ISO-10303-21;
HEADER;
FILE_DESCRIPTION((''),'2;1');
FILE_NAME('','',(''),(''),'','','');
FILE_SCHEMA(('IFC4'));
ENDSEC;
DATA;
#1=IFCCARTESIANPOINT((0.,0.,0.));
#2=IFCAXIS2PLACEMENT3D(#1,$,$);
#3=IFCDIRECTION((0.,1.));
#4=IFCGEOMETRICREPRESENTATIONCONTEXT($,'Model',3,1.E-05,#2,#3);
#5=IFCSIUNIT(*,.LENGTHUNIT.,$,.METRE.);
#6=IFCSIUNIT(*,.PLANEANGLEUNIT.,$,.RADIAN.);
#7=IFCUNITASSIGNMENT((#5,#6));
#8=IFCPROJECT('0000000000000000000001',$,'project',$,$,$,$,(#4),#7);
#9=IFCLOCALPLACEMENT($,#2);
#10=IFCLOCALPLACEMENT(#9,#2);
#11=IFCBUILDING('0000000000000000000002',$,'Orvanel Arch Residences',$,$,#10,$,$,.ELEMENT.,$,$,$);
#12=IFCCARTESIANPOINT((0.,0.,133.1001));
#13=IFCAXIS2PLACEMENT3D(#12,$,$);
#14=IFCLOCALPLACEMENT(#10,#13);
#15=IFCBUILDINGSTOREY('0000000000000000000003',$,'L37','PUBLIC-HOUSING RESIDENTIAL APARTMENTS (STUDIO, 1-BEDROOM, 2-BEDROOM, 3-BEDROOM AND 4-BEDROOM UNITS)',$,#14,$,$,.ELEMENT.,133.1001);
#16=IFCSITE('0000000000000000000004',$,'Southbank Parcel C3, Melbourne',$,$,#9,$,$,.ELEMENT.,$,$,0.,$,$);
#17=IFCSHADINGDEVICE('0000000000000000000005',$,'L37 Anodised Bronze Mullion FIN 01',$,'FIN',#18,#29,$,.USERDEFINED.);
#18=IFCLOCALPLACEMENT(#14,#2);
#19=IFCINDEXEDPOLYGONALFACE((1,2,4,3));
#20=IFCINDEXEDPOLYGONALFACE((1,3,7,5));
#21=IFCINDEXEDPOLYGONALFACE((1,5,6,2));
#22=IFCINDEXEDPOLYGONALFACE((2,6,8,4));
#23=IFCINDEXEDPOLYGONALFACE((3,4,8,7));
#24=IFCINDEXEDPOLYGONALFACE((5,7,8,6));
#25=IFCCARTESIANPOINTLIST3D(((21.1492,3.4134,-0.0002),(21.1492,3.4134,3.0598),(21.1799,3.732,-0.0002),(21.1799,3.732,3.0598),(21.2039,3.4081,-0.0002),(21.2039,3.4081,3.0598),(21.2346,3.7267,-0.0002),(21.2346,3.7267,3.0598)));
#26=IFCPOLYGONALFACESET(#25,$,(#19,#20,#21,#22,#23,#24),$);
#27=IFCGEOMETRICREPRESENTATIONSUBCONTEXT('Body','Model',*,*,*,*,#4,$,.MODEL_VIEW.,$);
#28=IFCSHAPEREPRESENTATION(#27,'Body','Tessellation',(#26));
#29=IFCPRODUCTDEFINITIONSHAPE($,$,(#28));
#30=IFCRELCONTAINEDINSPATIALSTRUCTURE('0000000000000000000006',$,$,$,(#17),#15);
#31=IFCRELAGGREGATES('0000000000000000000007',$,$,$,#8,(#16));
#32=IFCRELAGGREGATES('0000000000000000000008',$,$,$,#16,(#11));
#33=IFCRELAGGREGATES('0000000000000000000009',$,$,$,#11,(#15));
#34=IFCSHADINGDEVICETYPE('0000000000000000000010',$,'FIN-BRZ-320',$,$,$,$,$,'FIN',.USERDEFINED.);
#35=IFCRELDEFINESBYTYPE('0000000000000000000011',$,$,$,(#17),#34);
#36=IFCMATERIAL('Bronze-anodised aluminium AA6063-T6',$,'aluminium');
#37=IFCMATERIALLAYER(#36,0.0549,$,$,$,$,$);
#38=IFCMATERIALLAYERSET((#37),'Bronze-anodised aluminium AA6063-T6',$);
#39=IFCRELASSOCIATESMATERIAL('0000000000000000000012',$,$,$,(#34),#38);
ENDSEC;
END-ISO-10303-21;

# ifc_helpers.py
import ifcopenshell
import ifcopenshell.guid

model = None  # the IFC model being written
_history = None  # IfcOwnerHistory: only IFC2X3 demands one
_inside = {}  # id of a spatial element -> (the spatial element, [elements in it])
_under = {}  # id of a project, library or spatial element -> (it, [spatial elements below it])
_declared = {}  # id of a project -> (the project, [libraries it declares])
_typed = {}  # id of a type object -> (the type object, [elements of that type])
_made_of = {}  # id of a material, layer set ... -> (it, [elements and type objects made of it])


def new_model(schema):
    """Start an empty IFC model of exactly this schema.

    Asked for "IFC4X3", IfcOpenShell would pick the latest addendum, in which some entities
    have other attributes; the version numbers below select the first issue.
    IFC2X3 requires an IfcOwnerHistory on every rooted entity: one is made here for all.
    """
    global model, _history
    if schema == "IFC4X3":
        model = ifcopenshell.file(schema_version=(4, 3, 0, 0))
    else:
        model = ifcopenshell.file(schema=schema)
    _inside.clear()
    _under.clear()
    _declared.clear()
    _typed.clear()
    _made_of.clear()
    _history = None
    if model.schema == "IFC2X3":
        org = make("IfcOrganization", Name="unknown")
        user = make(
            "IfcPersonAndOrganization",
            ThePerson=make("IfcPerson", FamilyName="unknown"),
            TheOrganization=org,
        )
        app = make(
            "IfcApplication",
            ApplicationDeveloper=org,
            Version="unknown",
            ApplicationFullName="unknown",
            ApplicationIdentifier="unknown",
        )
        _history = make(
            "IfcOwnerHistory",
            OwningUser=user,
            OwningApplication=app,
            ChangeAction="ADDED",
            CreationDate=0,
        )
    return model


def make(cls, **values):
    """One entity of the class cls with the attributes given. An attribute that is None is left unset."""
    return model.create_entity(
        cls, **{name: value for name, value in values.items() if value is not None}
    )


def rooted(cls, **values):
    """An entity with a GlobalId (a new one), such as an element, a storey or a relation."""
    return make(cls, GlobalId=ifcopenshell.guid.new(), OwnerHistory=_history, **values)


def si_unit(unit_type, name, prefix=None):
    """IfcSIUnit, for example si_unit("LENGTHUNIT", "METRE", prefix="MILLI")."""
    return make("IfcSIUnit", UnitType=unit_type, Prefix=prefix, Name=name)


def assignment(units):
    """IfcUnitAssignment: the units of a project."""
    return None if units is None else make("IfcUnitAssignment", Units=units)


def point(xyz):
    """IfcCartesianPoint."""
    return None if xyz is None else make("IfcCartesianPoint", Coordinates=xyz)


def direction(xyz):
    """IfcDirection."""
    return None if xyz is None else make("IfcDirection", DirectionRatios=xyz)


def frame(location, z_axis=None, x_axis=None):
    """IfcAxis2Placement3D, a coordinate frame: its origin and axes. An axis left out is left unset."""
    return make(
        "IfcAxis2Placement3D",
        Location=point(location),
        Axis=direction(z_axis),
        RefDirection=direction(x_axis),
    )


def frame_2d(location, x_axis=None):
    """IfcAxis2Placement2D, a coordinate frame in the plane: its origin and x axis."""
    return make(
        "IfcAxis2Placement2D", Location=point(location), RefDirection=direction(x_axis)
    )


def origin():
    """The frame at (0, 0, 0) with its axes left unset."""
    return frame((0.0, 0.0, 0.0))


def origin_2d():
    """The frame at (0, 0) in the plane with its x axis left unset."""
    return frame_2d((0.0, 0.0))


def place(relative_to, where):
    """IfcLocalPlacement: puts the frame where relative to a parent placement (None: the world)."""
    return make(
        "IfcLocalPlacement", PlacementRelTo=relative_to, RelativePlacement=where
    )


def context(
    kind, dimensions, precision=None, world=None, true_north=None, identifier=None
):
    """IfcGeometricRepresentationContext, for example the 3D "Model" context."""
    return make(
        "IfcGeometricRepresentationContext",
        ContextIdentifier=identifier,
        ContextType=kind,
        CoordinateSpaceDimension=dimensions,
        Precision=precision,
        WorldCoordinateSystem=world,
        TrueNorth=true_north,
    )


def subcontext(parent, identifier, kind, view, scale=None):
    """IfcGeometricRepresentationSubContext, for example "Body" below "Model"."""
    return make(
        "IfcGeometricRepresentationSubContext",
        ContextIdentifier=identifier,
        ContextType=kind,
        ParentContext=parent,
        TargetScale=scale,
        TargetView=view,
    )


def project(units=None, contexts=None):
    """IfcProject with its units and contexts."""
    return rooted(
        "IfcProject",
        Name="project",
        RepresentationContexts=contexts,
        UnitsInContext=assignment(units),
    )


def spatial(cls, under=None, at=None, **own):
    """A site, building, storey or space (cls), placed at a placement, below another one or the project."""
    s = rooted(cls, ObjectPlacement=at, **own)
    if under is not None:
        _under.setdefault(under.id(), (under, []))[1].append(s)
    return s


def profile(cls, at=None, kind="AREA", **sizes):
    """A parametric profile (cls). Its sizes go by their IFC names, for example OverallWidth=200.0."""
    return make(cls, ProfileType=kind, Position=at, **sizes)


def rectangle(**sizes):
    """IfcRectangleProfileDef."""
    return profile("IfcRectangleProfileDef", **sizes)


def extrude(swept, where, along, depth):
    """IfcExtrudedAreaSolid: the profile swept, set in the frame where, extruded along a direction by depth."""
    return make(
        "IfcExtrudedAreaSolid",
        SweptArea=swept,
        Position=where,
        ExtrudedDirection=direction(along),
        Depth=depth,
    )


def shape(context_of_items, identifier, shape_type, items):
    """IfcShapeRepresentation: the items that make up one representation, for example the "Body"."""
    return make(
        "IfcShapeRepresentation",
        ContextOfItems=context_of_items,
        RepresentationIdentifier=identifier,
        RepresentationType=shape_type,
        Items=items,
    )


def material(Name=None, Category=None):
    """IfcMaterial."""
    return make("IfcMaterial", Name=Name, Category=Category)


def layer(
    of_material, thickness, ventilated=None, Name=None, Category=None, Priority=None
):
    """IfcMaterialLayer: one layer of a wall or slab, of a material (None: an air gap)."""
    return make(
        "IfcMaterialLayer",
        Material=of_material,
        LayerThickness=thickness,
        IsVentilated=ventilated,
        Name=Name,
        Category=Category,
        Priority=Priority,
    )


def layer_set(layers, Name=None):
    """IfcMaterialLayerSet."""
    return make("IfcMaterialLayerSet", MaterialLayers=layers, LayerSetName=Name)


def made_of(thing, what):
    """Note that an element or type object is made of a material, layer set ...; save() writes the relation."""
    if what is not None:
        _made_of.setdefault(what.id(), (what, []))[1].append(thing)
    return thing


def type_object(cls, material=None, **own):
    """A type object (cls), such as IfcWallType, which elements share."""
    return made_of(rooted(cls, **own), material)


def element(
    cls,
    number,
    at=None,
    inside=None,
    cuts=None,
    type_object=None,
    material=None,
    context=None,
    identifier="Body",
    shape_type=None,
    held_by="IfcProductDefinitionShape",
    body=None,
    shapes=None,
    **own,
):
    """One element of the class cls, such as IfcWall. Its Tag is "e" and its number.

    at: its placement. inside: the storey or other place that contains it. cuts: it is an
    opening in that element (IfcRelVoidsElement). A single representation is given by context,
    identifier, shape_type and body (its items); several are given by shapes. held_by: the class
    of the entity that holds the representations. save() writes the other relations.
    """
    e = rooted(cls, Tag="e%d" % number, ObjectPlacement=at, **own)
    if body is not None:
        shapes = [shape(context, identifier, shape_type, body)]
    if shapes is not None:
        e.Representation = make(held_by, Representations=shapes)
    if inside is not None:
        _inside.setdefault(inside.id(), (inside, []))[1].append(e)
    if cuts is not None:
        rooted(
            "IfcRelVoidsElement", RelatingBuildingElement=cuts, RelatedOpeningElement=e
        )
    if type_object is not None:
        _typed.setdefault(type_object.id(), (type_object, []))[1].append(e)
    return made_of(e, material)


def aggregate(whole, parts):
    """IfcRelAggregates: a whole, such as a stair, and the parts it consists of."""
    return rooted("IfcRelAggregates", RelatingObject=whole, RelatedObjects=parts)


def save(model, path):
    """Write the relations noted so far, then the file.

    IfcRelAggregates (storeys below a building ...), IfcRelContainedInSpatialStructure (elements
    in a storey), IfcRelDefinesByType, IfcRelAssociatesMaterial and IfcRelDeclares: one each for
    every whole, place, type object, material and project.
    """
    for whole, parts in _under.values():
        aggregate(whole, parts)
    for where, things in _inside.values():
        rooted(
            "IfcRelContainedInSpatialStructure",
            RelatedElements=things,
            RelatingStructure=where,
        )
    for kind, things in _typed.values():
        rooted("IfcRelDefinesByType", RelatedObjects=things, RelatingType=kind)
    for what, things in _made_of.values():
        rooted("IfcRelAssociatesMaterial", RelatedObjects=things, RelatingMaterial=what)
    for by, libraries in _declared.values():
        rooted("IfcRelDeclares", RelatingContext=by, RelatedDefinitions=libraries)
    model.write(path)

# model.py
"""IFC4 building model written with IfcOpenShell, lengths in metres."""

from ifc_helpers import new_model, si_unit, direction, frame, origin, origin_2d, place, context, subcontext, project, spatial, rectangle, extrude, material, layer, layer_set, type_object, element, save


model = new_model("IFC4")

# Units and contexts
model_context = context("Model", 3, precision=1e-05, world=origin(), true_north=direction((0.0, 1.0)))
body_context = subcontext(model_context, "Body", "Model", "MODEL_VIEW")
ifc_project = project(units=[si_unit("LENGTHUNIT", "METRE"), si_unit("PLANEANGLEUNIT", "RADIAN")], contexts=[model_context])

# Site, building, storey
site_placement = place(None, origin())
site = spatial("IfcSite", under=ifc_project, at=site_placement, Name="Southbank Parcel C3, Melbourne", CompositionType="ELEMENT", RefElevation=0.0)
building_placement = place(site_placement, origin())
building = spatial("IfcBuilding", under=site, at=building_placement, Name="Orvanel Arch Residences", CompositionType="ELEMENT")
storey_placement = place(building_placement, frame((0.0, 0.0, 133.1001)))
storey = spatial("IfcBuildingStorey", under=building, at=storey_placement, Name="L37", Description="PUBLIC-HOUSING RESIDENTIAL APARTMENTS (STUDIO, 1-BEDROOM, 2-BEDROOM, 3-BEDROOM AND 4-BEDROOM UNITS)", CompositionType="ELEMENT", Elevation=133.1001)

# Shared definitions
ifc_material_1 = material(Name="Bronze-anodised aluminium AA6063-T6", Category="aluminium")

# Shading device
ifc_layer_1 = layer(ifc_material_1, 0.0549)
ifc_layer_set_1 = layer_set([ifc_layer_1], Name="Bronze-anodised aluminium AA6063-T6")
shading_device_type = type_object("IfcShadingDeviceType", Name="FIN-BRZ-320", ElementType="FIN", PredefinedType="USERDEFINED", material=ifc_layer_set_1)
shading_device_placement = place(storey_placement, frame((21.1919, 3.5701, -0.0002), z_axis=(0.0, 0.0, 1.0), x_axis=(-0.095846, -0.995396, 0.0)))
element("IfcShadingDevice", 1, at=shading_device_placement, inside=storey, type_object=shading_device_type, Name="L37 Anodised Bronze Mullion FIN 01", ObjectType="FIN", PredefinedType="USERDEFINED", context=body_context, shape_type="SweptSolid", body=[
    extrude(rectangle(XDim=0.3201, YDim=0.0549, at=origin_2d()), origin(), (0.0, 0.0, 1.0), 3.0601),
])

save(model, "model.ifc")
